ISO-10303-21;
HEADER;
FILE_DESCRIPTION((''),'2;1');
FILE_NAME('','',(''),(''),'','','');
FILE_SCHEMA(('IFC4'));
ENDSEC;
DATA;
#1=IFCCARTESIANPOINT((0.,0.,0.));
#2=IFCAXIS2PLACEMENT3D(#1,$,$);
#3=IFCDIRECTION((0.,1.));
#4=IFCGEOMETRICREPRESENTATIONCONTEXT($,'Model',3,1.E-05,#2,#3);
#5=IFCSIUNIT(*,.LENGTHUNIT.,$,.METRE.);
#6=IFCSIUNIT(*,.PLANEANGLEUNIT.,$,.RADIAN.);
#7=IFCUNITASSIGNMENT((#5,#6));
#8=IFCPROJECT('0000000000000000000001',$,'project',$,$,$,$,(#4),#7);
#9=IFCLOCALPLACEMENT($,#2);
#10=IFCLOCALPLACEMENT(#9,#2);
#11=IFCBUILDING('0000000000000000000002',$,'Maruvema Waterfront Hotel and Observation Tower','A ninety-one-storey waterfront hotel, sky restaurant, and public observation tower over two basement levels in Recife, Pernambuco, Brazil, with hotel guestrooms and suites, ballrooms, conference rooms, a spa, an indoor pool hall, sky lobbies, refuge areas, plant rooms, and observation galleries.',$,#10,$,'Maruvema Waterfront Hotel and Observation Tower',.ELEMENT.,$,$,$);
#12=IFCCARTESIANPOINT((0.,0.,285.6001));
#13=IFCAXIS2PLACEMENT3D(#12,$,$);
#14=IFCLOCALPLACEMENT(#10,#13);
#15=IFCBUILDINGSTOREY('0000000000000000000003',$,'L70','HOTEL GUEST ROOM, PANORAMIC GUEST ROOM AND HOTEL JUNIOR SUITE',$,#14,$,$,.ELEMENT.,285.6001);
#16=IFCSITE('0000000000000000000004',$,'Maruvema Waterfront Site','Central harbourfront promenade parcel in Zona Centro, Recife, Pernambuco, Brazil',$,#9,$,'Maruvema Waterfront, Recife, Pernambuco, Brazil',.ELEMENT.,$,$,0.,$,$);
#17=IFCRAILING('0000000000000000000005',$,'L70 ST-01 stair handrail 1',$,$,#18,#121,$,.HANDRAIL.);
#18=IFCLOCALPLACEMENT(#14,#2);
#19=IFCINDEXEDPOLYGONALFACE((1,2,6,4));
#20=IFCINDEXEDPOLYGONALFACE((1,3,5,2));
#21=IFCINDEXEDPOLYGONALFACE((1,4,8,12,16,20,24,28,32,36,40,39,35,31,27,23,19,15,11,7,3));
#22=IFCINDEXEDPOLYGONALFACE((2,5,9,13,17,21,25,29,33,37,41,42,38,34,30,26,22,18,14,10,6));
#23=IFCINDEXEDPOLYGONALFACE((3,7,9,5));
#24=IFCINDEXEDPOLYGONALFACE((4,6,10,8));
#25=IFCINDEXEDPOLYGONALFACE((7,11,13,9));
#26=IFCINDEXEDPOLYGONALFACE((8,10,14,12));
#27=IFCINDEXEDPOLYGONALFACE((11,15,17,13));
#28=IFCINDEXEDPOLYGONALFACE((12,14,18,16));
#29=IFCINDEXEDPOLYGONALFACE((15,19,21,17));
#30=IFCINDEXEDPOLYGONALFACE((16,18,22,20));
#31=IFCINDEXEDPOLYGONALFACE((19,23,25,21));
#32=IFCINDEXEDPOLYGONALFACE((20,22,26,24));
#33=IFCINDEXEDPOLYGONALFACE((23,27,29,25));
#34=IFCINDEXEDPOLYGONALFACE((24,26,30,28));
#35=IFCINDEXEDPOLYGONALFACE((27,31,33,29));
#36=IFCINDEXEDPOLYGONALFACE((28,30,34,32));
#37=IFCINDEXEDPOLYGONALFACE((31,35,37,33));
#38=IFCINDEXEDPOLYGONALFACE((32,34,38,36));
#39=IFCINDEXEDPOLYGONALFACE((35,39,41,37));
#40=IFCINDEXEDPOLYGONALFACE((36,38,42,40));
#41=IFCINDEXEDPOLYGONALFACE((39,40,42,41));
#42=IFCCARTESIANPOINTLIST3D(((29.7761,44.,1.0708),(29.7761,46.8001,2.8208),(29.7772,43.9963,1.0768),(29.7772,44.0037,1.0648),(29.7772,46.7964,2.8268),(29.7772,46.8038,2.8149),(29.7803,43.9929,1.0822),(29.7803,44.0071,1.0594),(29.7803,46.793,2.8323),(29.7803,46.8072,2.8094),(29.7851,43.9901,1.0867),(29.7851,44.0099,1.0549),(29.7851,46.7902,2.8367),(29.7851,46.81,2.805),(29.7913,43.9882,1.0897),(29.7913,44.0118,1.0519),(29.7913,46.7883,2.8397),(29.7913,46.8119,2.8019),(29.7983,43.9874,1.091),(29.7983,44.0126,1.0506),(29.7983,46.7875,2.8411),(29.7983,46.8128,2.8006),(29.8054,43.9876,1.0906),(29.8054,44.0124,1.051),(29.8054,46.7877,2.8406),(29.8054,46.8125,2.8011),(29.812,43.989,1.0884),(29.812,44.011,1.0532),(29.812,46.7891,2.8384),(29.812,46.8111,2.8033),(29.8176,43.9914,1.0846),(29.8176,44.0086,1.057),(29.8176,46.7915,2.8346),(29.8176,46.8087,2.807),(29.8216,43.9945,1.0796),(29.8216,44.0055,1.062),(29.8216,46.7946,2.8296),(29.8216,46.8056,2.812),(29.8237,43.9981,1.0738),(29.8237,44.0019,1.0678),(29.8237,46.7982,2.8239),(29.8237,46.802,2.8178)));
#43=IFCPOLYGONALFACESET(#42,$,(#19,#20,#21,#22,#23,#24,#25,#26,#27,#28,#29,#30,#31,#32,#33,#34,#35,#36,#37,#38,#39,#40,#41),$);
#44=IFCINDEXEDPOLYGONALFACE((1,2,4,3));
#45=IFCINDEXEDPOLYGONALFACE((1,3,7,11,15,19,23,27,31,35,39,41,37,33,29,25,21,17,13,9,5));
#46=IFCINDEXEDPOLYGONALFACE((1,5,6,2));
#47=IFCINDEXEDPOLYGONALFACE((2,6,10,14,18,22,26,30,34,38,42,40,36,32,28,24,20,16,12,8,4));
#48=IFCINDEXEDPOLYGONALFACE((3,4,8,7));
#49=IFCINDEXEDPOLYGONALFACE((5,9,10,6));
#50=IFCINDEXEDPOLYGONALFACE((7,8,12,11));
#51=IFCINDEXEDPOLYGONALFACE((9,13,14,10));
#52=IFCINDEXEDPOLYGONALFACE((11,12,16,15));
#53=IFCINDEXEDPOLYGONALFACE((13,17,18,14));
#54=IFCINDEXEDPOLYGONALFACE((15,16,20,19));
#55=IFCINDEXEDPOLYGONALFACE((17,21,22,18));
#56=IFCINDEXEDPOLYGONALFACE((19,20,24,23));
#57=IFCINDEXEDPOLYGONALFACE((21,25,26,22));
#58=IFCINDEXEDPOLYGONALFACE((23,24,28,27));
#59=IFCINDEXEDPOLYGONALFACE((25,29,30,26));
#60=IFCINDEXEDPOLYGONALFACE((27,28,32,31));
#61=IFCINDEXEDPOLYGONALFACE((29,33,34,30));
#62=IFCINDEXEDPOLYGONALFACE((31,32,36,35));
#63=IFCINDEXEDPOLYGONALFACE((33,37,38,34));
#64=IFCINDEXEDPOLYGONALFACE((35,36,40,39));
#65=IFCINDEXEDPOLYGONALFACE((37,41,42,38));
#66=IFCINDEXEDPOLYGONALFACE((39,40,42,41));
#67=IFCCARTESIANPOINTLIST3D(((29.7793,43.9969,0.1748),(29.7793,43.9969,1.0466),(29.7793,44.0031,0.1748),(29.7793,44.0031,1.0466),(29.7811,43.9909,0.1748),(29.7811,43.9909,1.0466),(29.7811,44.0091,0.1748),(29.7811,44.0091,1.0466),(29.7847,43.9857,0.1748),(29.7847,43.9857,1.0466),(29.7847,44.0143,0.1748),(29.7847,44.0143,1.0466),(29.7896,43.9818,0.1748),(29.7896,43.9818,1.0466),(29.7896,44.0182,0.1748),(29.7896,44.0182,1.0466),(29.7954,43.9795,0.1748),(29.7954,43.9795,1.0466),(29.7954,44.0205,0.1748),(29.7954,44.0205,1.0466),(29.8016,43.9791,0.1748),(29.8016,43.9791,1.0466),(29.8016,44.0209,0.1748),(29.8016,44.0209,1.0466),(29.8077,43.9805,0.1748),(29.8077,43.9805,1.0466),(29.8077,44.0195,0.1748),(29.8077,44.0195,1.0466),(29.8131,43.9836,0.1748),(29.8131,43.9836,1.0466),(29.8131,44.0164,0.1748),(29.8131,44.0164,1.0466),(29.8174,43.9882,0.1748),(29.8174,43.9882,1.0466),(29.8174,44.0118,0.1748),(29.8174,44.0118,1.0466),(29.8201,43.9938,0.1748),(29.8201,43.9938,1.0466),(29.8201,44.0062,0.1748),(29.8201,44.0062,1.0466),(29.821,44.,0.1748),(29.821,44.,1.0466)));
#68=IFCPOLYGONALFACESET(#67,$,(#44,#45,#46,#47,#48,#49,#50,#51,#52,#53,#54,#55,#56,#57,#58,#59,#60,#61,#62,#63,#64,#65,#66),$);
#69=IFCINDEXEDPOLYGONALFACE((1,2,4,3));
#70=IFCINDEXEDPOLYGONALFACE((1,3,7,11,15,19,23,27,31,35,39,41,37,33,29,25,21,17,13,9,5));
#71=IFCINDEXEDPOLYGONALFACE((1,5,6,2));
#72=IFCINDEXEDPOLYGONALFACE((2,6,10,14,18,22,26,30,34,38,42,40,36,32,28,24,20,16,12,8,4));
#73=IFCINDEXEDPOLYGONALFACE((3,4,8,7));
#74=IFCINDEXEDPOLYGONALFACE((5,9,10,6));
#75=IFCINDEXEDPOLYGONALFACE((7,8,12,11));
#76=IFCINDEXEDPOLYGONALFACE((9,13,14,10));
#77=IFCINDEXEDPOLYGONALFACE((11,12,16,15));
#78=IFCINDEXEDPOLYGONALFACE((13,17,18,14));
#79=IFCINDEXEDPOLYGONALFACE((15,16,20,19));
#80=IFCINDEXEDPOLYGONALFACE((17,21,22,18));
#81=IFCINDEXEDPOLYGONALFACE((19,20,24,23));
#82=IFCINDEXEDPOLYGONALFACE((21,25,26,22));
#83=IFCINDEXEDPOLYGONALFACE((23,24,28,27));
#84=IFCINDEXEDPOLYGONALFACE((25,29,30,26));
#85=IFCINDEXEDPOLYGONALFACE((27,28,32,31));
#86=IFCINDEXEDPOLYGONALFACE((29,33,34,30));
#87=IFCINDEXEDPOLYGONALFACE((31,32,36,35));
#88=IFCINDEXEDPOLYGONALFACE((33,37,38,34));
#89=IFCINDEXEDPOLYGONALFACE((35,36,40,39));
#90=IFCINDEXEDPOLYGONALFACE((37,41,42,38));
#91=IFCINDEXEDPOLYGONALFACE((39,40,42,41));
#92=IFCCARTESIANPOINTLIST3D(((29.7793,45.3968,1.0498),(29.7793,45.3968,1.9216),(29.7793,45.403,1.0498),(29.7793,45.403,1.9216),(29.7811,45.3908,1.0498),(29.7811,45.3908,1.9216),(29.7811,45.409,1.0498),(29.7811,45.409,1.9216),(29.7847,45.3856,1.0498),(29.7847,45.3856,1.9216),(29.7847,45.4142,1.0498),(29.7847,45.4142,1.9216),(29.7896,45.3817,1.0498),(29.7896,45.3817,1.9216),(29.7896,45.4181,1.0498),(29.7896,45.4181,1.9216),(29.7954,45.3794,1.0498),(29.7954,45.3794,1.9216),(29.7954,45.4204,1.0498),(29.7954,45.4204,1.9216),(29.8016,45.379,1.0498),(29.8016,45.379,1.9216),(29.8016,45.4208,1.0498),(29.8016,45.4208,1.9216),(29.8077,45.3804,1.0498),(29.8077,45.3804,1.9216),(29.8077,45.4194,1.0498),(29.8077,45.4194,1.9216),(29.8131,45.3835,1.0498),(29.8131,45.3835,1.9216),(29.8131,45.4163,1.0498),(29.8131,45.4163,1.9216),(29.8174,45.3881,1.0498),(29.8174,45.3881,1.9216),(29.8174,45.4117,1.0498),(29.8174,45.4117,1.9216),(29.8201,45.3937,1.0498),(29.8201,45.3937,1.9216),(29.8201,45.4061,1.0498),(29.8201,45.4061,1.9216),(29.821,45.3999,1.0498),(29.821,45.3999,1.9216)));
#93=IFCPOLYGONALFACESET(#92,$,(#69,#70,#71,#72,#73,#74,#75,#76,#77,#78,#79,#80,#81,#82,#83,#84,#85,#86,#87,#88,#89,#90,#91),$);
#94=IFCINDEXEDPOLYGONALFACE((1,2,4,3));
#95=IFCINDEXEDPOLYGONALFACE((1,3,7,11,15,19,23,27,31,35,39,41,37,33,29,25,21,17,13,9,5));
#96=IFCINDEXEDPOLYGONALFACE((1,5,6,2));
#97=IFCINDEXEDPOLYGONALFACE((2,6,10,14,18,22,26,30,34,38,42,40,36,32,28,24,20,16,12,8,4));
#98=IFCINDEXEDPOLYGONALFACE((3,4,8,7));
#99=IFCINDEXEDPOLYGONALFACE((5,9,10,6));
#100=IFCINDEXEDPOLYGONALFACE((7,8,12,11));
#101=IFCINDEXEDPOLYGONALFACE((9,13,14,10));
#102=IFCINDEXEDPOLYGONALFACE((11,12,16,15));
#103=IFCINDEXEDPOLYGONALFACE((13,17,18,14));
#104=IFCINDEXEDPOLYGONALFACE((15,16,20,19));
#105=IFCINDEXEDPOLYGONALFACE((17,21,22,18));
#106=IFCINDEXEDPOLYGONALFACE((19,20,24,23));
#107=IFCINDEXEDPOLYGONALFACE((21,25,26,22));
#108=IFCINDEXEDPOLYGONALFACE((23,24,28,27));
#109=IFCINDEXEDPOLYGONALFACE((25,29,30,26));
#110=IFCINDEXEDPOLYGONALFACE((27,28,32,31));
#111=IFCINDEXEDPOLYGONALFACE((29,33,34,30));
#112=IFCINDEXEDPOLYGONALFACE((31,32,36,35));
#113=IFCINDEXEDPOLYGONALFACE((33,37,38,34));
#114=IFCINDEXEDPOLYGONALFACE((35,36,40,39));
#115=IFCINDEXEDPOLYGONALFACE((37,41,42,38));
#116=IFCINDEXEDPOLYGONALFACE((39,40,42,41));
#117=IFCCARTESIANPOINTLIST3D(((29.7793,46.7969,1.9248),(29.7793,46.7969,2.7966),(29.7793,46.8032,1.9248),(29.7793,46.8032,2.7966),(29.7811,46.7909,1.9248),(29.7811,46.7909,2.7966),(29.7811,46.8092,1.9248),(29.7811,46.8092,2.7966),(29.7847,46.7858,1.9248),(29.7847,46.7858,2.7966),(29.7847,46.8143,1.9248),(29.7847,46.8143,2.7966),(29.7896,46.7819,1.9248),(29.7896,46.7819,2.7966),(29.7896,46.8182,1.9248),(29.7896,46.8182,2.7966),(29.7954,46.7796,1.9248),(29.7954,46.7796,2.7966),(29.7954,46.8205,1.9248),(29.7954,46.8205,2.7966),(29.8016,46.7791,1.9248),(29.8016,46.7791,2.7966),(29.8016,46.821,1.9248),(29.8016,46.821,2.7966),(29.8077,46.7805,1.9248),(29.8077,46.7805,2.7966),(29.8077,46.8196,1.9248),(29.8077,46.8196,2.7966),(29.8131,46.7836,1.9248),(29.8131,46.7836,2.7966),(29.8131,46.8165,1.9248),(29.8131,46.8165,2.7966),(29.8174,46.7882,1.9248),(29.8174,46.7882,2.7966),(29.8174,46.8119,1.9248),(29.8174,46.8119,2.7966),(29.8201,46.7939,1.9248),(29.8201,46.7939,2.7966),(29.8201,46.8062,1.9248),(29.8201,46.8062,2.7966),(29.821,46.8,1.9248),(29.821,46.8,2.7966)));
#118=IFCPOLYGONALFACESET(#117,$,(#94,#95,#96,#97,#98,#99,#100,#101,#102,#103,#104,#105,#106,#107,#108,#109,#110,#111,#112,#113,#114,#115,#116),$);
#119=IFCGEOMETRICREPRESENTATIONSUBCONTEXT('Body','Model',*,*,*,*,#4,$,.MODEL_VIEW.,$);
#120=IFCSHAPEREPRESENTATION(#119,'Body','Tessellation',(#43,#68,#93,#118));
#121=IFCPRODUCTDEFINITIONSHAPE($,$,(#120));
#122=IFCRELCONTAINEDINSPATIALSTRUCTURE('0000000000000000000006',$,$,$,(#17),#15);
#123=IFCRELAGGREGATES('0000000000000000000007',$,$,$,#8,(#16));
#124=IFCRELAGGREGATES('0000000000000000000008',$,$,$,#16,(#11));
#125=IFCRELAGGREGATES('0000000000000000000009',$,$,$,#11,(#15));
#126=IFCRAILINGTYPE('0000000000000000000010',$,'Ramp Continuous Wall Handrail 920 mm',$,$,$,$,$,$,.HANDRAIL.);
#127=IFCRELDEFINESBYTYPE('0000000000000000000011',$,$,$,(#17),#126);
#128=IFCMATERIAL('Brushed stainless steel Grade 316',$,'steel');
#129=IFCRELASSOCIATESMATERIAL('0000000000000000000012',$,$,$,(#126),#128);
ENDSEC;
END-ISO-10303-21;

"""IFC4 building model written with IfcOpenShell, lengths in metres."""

from ifc_helpers import new_model, si_unit, direction, frame, origin, origin_2d, place, context, subcontext, project, spatial, circle, extrude, material, type_object, element, save


model = new_model("IFC4")

# Units and contexts
model_context = context("Model", 3, precision=1e-05, world=origin(), true_north=direction((0.0, 1.0)))
body_context = subcontext(model_context, "Body", "Model", "MODEL_VIEW")
ifc_project = project(units=[si_unit("LENGTHUNIT", "METRE"), si_unit("PLANEANGLEUNIT", "RADIAN")], contexts=[model_context])

# Site, building, storey
site_placement = place(None, origin())
site = spatial("IfcSite", under=ifc_project, at=site_placement, Name="Maruvema Waterfront Site", Description="Central harbourfront promenade parcel in Zona Centro, Recife, Pernambuco, Brazil", LongName="Maruvema Waterfront, Recife, Pernambuco, Brazil", CompositionType="ELEMENT", RefElevation=0.0)
building_placement = place(site_placement, origin())
building = spatial("IfcBuilding", under=site, at=building_placement, Name="Maruvema Waterfront Hotel and Observation Tower", Description="A ninety-one-storey waterfront hotel, sky restaurant, and public observation tower over two basement levels in Recife, Pernambuco, Brazil, with hotel guestrooms and suites, ballrooms, conference rooms, a spa, an indoor pool hall, sky lobbies, refuge areas, plant rooms, and observation galleries.", LongName="Maruvema Waterfront Hotel and Observation Tower", CompositionType="ELEMENT")
storey_placement = place(building_placement, frame((0.0, 0.0, 285.6001)))
storey = spatial("IfcBuildingStorey", under=building, at=storey_placement, Name="L70", Description="HOTEL GUEST ROOM, PANORAMIC GUEST ROOM AND HOTEL JUNIOR SUITE", CompositionType="ELEMENT", Elevation=285.6001)

# Railing
ifc_material_1 = material(Name="Brushed stainless steel Grade 316", Category="steel")
railing_type_1 = type_object("IfcRailingType", Name="Ramp Continuous Wall Handrail 920 mm", PredefinedType="HANDRAIL", material=ifc_material_1)
railing_1_placement = place(storey_placement, frame((29.8, 44.0, 0.1748)))
element("IfcRailing", 1, at=railing_1_placement, inside=storey, type_object=railing_type_1, Name="L70 ST-01 stair handrail 1", PredefinedType="HANDRAIL", context=body_context, shape_type="SweptSolid", body=[
    extrude(circle(Radius=0.0239, at=origin_2d()), frame((0.0, 0.0, 0.896), z_axis=(0.0, 0.848002, 0.529992), x_axis=(-1.0, 0.0, 0.0)), (0.0, 0.0, 1.0), 3.302),
    extrude(circle(Radius=0.021, at=origin_2d()), origin(), (0.0, 0.0, 1.0), 0.8718),
    extrude(circle(Radius=0.021, at=origin_2d()), frame((0.0, 1.3999, 0.875)), (0.0, 0.0, 1.0), 0.8718),
    extrude(circle(Radius=0.021, at=origin_2d()), frame((0.0, 2.8, 1.75)), (0.0, 0.0, 1.0), 0.8718),
])

save(model, "model.ifc")
